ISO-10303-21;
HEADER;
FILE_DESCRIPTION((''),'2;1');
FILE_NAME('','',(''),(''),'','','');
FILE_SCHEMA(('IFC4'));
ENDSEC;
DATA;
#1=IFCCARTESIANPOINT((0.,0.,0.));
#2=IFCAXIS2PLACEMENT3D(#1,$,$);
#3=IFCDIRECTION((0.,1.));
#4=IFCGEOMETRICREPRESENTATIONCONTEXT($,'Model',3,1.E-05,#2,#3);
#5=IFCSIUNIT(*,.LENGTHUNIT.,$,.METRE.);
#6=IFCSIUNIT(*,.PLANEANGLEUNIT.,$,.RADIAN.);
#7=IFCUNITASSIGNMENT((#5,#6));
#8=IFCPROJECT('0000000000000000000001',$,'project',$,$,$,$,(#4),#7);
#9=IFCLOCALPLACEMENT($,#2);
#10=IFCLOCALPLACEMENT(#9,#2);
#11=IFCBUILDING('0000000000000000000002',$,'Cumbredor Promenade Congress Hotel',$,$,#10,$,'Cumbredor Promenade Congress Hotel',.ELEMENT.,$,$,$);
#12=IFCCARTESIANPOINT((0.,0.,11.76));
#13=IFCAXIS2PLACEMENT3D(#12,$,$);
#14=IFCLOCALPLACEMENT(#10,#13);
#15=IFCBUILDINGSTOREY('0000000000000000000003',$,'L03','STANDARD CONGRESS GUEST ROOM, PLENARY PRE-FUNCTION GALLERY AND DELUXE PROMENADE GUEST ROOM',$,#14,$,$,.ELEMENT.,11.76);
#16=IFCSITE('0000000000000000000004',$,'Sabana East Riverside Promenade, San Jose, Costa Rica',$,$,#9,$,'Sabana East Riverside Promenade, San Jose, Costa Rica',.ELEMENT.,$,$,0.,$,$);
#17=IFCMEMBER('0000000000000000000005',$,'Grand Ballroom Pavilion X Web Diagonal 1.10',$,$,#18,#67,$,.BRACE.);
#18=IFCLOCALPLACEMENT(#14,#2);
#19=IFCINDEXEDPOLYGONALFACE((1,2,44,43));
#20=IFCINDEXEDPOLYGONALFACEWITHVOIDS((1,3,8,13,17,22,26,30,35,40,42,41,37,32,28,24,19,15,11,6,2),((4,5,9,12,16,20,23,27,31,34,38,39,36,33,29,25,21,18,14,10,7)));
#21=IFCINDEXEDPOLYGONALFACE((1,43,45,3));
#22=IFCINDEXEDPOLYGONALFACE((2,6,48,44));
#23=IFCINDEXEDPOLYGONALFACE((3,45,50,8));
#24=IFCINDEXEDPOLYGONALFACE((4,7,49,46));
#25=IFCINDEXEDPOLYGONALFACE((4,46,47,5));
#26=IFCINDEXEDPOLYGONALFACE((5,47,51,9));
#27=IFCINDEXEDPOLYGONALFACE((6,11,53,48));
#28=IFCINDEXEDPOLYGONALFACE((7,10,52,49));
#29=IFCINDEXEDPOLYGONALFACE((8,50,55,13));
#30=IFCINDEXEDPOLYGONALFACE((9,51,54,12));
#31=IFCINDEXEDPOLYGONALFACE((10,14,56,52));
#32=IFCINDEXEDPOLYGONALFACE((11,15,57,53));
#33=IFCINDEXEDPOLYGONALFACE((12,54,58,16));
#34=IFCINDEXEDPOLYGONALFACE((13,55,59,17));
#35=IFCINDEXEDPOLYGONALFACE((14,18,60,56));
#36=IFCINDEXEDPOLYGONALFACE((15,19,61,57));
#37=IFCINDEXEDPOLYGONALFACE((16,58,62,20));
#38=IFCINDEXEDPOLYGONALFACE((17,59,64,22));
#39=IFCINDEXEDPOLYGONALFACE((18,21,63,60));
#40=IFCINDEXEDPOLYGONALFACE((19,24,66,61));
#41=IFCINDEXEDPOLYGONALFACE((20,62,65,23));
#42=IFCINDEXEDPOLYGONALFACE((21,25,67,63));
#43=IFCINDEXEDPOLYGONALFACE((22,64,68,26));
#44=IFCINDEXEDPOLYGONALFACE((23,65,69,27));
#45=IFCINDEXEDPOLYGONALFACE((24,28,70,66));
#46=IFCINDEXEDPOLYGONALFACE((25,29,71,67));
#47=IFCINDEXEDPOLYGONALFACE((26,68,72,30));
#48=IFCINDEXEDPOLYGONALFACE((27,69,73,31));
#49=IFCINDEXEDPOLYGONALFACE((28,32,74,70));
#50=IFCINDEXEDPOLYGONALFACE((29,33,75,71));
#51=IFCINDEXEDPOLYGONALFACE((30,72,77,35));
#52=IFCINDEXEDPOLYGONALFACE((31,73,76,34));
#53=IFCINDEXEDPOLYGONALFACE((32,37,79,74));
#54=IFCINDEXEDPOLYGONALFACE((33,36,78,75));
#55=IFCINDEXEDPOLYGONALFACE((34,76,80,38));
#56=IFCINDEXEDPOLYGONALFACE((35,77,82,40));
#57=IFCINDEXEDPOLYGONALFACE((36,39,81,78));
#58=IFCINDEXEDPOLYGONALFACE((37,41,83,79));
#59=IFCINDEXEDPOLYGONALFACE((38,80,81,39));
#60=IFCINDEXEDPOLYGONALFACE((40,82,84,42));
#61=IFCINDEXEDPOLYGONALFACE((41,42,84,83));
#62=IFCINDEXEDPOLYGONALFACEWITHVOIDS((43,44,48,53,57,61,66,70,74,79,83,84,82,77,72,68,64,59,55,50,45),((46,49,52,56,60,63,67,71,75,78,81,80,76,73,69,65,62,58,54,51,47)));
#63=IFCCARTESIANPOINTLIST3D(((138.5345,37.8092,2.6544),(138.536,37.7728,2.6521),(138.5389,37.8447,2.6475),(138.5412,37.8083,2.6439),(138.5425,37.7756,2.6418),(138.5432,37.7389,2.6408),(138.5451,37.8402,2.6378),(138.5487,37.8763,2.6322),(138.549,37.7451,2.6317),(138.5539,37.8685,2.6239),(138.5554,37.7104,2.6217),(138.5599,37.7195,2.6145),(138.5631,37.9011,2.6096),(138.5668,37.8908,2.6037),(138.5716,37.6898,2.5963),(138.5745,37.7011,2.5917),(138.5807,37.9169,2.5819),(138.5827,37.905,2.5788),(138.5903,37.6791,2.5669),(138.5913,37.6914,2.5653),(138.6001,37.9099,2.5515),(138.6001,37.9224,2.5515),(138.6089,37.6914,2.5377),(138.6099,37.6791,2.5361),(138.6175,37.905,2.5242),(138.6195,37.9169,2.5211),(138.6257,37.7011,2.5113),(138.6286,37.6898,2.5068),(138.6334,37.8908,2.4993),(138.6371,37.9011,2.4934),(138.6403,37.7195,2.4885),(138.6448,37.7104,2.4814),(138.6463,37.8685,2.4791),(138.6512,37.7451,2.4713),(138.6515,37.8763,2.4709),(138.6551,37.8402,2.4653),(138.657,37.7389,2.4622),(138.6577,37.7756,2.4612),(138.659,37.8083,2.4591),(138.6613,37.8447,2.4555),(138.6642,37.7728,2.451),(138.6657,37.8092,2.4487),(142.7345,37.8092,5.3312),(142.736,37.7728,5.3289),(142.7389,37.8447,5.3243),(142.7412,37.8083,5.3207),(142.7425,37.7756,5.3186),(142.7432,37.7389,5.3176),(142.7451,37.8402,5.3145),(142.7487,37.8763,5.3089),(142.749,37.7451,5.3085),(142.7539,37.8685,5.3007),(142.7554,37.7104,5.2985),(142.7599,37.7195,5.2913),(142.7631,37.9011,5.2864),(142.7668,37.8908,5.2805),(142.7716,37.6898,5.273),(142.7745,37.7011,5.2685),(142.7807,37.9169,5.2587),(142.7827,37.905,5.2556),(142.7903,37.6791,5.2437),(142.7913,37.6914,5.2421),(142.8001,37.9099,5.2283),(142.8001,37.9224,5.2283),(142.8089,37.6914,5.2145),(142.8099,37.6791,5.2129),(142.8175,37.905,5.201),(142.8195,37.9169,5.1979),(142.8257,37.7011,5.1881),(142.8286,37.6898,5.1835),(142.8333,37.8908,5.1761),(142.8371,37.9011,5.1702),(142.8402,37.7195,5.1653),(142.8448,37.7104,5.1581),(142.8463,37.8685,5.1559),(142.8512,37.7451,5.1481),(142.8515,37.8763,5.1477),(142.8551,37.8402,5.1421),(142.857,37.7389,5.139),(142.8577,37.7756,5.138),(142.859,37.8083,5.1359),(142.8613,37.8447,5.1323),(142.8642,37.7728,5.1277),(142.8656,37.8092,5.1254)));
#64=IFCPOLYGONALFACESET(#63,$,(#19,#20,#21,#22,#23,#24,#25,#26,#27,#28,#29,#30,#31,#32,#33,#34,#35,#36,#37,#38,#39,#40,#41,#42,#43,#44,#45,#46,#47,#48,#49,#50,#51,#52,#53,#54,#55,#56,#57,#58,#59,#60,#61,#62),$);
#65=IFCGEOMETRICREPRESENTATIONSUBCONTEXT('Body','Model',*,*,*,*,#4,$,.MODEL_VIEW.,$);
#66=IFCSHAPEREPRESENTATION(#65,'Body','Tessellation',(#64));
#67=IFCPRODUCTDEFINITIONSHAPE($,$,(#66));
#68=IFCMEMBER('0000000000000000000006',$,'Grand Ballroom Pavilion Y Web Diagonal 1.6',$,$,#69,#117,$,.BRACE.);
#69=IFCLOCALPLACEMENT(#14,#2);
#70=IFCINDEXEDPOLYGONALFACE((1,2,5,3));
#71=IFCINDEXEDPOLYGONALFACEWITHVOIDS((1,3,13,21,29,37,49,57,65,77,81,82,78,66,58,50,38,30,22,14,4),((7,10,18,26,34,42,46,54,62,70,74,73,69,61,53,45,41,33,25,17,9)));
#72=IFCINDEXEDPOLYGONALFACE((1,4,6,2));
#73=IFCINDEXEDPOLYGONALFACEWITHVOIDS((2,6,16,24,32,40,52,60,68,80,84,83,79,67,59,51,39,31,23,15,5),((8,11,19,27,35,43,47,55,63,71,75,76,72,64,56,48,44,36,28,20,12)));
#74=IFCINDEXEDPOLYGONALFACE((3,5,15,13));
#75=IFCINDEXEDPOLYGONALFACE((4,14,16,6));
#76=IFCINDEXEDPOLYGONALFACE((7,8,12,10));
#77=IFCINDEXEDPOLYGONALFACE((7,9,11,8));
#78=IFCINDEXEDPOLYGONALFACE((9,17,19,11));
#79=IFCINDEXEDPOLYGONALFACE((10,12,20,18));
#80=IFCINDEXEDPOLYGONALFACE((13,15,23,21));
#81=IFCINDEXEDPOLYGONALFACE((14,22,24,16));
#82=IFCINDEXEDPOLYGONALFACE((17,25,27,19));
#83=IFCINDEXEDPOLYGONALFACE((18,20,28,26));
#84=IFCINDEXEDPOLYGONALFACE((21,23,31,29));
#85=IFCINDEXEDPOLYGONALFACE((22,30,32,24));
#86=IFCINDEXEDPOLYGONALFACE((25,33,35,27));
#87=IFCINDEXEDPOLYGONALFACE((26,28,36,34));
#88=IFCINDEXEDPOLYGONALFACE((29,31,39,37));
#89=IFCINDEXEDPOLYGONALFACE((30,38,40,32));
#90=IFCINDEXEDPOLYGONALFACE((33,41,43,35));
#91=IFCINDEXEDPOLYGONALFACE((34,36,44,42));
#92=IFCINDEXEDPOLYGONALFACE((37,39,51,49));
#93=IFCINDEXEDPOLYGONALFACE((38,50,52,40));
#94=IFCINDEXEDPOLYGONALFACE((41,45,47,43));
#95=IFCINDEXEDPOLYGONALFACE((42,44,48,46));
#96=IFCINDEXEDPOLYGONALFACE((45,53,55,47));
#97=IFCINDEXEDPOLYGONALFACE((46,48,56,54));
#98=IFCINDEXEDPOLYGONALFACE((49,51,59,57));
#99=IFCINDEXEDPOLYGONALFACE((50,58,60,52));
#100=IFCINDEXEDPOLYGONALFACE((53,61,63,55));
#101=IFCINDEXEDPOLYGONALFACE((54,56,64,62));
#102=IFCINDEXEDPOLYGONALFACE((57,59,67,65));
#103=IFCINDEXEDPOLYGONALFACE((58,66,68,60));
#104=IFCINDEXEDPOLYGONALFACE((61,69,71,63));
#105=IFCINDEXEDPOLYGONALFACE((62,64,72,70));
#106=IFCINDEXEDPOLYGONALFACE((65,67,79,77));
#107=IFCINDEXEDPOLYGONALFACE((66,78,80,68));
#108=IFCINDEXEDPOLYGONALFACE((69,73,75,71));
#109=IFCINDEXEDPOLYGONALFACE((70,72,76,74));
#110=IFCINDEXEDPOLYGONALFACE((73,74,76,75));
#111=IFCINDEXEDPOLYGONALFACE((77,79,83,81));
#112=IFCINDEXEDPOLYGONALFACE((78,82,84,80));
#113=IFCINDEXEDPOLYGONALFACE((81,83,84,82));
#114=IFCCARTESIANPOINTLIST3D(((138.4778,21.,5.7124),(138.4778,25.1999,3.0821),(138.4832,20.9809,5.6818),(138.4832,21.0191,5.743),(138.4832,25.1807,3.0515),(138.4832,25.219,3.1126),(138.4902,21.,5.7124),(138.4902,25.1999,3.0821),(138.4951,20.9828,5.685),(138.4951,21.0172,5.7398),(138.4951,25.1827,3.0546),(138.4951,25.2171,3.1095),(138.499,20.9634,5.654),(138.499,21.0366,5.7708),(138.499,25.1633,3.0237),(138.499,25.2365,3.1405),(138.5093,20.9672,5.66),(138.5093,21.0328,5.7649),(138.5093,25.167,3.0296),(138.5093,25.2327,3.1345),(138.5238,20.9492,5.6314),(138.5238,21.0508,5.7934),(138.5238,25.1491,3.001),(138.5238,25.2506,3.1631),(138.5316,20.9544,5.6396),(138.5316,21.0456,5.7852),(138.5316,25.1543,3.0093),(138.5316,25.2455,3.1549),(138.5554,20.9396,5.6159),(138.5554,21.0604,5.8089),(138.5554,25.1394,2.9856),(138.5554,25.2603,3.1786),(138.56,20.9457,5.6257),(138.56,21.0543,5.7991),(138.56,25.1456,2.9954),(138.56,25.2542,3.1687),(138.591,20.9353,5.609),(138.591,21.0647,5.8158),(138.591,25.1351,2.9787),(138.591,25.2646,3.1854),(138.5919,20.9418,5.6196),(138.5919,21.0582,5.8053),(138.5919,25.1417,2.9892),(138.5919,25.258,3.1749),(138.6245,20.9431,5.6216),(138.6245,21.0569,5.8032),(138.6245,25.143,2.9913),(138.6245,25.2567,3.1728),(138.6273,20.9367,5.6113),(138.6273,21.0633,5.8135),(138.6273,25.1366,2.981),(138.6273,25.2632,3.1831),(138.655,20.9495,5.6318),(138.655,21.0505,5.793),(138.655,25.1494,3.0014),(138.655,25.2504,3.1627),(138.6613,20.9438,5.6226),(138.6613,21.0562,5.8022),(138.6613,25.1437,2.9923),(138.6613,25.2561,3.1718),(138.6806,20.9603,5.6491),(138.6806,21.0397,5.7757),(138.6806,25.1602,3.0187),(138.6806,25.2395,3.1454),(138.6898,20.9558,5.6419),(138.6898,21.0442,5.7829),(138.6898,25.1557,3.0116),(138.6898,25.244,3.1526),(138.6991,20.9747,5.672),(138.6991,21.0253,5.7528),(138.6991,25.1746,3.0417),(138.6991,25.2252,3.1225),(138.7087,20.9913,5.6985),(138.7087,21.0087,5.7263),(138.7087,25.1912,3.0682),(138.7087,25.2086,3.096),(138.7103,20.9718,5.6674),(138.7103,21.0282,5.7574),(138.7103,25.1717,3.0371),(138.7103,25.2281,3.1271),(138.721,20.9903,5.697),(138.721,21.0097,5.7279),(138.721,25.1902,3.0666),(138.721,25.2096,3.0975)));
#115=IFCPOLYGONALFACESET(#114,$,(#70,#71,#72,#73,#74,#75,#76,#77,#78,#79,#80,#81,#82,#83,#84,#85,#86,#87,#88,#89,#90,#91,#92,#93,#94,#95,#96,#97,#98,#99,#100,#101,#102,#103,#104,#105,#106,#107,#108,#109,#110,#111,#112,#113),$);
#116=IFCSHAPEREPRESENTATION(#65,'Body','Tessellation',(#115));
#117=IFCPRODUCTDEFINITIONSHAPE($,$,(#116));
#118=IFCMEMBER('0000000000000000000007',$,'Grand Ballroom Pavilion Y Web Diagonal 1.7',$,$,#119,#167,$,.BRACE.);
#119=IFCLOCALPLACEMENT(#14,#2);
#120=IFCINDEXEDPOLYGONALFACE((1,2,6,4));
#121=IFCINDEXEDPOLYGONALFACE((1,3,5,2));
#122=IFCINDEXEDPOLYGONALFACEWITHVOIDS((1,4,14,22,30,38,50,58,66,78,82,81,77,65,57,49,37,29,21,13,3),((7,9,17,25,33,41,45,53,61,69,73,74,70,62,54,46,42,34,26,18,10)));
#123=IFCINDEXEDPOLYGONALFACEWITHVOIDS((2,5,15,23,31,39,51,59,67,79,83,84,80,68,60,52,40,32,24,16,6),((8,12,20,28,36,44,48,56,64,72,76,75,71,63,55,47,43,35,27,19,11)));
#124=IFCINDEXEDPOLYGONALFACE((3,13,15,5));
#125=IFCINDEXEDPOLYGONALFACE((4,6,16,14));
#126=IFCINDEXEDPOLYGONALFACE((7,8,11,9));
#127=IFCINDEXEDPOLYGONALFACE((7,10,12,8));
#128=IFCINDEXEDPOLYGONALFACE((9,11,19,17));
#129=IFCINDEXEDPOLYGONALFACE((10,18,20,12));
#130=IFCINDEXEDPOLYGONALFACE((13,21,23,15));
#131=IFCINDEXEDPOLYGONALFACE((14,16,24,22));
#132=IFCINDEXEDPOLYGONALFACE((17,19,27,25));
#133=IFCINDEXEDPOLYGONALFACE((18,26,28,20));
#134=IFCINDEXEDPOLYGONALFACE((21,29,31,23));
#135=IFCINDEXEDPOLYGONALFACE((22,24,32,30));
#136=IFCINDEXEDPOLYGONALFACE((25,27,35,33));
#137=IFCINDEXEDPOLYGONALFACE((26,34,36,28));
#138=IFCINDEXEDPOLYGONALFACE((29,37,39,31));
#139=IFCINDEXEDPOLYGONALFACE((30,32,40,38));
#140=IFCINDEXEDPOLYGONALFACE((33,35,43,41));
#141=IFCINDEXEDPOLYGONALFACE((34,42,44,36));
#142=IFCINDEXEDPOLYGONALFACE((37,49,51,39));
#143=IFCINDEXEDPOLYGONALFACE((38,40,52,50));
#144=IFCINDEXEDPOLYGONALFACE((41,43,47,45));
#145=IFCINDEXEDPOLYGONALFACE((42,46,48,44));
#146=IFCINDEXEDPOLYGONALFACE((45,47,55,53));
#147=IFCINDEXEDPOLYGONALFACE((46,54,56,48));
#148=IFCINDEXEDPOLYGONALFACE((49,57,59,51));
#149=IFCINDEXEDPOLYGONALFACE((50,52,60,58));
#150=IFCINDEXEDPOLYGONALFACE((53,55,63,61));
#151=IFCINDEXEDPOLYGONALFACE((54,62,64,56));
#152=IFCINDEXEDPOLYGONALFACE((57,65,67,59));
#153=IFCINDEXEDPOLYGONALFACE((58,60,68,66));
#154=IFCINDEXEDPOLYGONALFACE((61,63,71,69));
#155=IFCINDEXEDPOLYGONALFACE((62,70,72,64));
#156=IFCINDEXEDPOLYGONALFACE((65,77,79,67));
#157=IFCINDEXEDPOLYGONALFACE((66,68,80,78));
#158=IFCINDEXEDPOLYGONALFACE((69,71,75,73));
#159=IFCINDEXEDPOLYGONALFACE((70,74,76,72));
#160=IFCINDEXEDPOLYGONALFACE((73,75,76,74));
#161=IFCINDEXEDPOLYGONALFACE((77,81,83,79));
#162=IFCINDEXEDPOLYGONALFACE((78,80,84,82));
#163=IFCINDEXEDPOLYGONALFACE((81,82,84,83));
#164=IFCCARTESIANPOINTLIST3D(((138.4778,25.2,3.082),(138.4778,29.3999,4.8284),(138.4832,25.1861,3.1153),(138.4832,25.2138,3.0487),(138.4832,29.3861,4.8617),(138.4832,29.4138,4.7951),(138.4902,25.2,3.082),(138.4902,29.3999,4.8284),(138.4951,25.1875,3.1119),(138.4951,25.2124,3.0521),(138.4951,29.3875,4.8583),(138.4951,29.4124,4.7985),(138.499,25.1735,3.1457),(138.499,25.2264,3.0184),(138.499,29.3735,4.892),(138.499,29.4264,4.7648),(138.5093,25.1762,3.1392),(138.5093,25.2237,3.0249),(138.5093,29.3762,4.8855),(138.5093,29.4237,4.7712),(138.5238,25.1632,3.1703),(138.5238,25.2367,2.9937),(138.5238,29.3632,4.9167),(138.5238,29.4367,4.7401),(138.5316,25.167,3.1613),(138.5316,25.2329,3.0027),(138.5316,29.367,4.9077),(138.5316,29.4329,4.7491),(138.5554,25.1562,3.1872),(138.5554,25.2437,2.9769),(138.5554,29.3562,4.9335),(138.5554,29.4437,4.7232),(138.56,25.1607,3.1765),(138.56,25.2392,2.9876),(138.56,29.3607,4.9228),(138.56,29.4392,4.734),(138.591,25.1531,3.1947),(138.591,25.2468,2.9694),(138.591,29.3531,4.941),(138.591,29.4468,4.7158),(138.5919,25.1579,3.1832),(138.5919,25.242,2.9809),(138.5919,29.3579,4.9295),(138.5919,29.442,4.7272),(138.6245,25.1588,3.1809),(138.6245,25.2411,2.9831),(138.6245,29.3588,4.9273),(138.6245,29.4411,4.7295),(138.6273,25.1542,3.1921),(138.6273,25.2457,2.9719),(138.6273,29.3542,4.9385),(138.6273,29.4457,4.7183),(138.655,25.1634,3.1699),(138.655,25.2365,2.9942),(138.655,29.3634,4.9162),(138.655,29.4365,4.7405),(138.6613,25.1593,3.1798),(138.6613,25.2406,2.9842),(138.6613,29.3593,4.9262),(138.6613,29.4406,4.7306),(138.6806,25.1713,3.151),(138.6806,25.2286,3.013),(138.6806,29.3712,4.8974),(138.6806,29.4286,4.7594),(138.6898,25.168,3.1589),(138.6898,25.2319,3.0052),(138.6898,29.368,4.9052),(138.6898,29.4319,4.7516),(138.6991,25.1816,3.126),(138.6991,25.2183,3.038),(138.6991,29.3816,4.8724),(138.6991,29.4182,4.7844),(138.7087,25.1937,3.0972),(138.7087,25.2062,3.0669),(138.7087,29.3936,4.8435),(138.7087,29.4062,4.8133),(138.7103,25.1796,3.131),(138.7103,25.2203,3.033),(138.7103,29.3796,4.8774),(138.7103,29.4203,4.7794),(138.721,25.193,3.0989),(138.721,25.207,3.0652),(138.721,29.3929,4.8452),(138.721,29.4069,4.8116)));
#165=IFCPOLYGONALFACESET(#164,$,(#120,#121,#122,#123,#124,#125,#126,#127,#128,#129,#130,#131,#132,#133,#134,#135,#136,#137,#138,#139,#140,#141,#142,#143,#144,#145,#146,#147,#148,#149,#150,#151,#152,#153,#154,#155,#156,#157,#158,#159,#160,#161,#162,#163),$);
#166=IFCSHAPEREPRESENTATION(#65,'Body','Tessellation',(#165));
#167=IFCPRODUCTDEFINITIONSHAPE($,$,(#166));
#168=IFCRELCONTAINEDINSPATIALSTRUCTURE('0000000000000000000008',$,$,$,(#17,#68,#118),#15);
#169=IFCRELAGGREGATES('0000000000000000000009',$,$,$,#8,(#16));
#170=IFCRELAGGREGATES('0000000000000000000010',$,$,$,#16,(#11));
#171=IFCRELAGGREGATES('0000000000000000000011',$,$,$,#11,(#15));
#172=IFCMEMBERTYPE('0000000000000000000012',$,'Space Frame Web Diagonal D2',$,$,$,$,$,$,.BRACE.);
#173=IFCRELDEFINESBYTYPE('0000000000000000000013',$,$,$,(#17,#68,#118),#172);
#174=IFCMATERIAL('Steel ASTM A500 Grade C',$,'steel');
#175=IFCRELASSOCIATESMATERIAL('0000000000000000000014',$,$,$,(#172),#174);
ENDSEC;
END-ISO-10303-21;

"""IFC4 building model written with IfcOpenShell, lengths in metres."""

from ifc_helpers import new_model, si_unit, direction, frame, origin, origin_2d, place, context, subcontext, project, spatial, hollow_circle, extrude, material, material_profile, profile_set, type_object, element, save


model = new_model("IFC4")

# Units and contexts
model_context = context("Model", 3, precision=1e-05, world=origin(), true_north=direction((0.0, 1.0)))
body_context = subcontext(model_context, "Body", "Model", "MODEL_VIEW")
ifc_project = project(units=[si_unit("LENGTHUNIT", "METRE"), si_unit("PLANEANGLEUNIT", "RADIAN")], contexts=[model_context])

# Site, building, storey
site_placement = place(None, origin())
site = spatial("IfcSite", under=ifc_project, at=site_placement, Name="Sabana East Riverside Promenade, San Jose, Costa Rica", LongName="Sabana East Riverside Promenade, San Jose, Costa Rica", CompositionType="ELEMENT", RefElevation=0.0)
building_placement = place(site_placement, origin())
building = spatial("IfcBuilding", under=site, at=building_placement, Name="Cumbredor Promenade Congress Hotel", LongName="Cumbredor Promenade Congress Hotel", CompositionType="ELEMENT")
storey_placement = place(building_placement, frame((0.0, 0.0, 11.76)))
storey = spatial("IfcBuildingStorey", under=building, at=storey_placement, Name="L03", Description="STANDARD CONGRESS GUEST ROOM, PLENARY PRE-FUNCTION GALLERY AND DELUXE PROMENADE GUEST ROOM", CompositionType="ELEMENT", Elevation=11.76)

# Members
ifc_material_1 = material(Name="Steel ASTM A500 Grade C", Category="steel")
ifc_material_profile_1 = material_profile(ifc_material_1, hollow_circle(Radius=0.1223, WallThickness=0.0125, at=origin_2d()), Name="CHS 244.5x12.5")
ifc_profile_set_1 = profile_set([ifc_material_profile_1], Name="Steel ASTM A500 Grade C")
member_type_1 = type_object("IfcMemberType", Name="Space Frame Web Diagonal D2", PredefinedType="BRACE", material=ifc_profile_set_1)
for number, where, z_axis, x_axis, name in (
    (1, (138.6001, 37.8, 2.5515), (0.843292, 0.0, 0.537456), (0.0, 1.0, 0.0), "Grand Ballroom Pavilion X Web Diagonal 1.10"),
):
    element("IfcMember", number, at=place(storey_placement, frame(where, z_axis=z_axis, x_axis=x_axis)), inside=storey, type_object=member_type_1, Name=name, PredefinedType="BRACE", context=body_context, shape_type="SweptSolid", body=[
        extrude(hollow_circle(Radius=0.1223, WallThickness=0.0125, at=origin_2d()), origin(), (0.0, 0.0, 1.0), 4.9805),
    ])
member_1_placement = place(storey_placement, frame((138.6001, 21.0, 5.7124), z_axis=(0.0, 0.847508, -0.530783), x_axis=(-1.0, 0.0, 0.0)))
element("IfcMember", 2, at=member_1_placement, inside=storey, type_object=member_type_1, Name="Grand Ballroom Pavilion Y Web Diagonal 1.6", PredefinedType="BRACE", context=body_context, shape_type="SweptSolid", body=[
    extrude(hollow_circle(Radius=0.1223, WallThickness=0.0125, at=origin_2d()), origin(), (0.0, 0.0, 1.0), 4.9556),
])
member_2_placement = place(storey_placement, frame((138.6001, 25.2, 3.082), z_axis=(0.0, 0.923361, 0.383933), x_axis=(-1.0, 0.0, 0.0)))
element("IfcMember", 3, at=member_2_placement, inside=storey, type_object=member_type_1, Name="Grand Ballroom Pavilion Y Web Diagonal 1.7", PredefinedType="BRACE", context=body_context, shape_type="SweptSolid", body=[
    extrude(hollow_circle(Radius=0.1223, WallThickness=0.0125, at=origin_2d()), origin(), (0.0, 0.0, 1.0), 4.5486),
])

save(model, "model.ifc")
